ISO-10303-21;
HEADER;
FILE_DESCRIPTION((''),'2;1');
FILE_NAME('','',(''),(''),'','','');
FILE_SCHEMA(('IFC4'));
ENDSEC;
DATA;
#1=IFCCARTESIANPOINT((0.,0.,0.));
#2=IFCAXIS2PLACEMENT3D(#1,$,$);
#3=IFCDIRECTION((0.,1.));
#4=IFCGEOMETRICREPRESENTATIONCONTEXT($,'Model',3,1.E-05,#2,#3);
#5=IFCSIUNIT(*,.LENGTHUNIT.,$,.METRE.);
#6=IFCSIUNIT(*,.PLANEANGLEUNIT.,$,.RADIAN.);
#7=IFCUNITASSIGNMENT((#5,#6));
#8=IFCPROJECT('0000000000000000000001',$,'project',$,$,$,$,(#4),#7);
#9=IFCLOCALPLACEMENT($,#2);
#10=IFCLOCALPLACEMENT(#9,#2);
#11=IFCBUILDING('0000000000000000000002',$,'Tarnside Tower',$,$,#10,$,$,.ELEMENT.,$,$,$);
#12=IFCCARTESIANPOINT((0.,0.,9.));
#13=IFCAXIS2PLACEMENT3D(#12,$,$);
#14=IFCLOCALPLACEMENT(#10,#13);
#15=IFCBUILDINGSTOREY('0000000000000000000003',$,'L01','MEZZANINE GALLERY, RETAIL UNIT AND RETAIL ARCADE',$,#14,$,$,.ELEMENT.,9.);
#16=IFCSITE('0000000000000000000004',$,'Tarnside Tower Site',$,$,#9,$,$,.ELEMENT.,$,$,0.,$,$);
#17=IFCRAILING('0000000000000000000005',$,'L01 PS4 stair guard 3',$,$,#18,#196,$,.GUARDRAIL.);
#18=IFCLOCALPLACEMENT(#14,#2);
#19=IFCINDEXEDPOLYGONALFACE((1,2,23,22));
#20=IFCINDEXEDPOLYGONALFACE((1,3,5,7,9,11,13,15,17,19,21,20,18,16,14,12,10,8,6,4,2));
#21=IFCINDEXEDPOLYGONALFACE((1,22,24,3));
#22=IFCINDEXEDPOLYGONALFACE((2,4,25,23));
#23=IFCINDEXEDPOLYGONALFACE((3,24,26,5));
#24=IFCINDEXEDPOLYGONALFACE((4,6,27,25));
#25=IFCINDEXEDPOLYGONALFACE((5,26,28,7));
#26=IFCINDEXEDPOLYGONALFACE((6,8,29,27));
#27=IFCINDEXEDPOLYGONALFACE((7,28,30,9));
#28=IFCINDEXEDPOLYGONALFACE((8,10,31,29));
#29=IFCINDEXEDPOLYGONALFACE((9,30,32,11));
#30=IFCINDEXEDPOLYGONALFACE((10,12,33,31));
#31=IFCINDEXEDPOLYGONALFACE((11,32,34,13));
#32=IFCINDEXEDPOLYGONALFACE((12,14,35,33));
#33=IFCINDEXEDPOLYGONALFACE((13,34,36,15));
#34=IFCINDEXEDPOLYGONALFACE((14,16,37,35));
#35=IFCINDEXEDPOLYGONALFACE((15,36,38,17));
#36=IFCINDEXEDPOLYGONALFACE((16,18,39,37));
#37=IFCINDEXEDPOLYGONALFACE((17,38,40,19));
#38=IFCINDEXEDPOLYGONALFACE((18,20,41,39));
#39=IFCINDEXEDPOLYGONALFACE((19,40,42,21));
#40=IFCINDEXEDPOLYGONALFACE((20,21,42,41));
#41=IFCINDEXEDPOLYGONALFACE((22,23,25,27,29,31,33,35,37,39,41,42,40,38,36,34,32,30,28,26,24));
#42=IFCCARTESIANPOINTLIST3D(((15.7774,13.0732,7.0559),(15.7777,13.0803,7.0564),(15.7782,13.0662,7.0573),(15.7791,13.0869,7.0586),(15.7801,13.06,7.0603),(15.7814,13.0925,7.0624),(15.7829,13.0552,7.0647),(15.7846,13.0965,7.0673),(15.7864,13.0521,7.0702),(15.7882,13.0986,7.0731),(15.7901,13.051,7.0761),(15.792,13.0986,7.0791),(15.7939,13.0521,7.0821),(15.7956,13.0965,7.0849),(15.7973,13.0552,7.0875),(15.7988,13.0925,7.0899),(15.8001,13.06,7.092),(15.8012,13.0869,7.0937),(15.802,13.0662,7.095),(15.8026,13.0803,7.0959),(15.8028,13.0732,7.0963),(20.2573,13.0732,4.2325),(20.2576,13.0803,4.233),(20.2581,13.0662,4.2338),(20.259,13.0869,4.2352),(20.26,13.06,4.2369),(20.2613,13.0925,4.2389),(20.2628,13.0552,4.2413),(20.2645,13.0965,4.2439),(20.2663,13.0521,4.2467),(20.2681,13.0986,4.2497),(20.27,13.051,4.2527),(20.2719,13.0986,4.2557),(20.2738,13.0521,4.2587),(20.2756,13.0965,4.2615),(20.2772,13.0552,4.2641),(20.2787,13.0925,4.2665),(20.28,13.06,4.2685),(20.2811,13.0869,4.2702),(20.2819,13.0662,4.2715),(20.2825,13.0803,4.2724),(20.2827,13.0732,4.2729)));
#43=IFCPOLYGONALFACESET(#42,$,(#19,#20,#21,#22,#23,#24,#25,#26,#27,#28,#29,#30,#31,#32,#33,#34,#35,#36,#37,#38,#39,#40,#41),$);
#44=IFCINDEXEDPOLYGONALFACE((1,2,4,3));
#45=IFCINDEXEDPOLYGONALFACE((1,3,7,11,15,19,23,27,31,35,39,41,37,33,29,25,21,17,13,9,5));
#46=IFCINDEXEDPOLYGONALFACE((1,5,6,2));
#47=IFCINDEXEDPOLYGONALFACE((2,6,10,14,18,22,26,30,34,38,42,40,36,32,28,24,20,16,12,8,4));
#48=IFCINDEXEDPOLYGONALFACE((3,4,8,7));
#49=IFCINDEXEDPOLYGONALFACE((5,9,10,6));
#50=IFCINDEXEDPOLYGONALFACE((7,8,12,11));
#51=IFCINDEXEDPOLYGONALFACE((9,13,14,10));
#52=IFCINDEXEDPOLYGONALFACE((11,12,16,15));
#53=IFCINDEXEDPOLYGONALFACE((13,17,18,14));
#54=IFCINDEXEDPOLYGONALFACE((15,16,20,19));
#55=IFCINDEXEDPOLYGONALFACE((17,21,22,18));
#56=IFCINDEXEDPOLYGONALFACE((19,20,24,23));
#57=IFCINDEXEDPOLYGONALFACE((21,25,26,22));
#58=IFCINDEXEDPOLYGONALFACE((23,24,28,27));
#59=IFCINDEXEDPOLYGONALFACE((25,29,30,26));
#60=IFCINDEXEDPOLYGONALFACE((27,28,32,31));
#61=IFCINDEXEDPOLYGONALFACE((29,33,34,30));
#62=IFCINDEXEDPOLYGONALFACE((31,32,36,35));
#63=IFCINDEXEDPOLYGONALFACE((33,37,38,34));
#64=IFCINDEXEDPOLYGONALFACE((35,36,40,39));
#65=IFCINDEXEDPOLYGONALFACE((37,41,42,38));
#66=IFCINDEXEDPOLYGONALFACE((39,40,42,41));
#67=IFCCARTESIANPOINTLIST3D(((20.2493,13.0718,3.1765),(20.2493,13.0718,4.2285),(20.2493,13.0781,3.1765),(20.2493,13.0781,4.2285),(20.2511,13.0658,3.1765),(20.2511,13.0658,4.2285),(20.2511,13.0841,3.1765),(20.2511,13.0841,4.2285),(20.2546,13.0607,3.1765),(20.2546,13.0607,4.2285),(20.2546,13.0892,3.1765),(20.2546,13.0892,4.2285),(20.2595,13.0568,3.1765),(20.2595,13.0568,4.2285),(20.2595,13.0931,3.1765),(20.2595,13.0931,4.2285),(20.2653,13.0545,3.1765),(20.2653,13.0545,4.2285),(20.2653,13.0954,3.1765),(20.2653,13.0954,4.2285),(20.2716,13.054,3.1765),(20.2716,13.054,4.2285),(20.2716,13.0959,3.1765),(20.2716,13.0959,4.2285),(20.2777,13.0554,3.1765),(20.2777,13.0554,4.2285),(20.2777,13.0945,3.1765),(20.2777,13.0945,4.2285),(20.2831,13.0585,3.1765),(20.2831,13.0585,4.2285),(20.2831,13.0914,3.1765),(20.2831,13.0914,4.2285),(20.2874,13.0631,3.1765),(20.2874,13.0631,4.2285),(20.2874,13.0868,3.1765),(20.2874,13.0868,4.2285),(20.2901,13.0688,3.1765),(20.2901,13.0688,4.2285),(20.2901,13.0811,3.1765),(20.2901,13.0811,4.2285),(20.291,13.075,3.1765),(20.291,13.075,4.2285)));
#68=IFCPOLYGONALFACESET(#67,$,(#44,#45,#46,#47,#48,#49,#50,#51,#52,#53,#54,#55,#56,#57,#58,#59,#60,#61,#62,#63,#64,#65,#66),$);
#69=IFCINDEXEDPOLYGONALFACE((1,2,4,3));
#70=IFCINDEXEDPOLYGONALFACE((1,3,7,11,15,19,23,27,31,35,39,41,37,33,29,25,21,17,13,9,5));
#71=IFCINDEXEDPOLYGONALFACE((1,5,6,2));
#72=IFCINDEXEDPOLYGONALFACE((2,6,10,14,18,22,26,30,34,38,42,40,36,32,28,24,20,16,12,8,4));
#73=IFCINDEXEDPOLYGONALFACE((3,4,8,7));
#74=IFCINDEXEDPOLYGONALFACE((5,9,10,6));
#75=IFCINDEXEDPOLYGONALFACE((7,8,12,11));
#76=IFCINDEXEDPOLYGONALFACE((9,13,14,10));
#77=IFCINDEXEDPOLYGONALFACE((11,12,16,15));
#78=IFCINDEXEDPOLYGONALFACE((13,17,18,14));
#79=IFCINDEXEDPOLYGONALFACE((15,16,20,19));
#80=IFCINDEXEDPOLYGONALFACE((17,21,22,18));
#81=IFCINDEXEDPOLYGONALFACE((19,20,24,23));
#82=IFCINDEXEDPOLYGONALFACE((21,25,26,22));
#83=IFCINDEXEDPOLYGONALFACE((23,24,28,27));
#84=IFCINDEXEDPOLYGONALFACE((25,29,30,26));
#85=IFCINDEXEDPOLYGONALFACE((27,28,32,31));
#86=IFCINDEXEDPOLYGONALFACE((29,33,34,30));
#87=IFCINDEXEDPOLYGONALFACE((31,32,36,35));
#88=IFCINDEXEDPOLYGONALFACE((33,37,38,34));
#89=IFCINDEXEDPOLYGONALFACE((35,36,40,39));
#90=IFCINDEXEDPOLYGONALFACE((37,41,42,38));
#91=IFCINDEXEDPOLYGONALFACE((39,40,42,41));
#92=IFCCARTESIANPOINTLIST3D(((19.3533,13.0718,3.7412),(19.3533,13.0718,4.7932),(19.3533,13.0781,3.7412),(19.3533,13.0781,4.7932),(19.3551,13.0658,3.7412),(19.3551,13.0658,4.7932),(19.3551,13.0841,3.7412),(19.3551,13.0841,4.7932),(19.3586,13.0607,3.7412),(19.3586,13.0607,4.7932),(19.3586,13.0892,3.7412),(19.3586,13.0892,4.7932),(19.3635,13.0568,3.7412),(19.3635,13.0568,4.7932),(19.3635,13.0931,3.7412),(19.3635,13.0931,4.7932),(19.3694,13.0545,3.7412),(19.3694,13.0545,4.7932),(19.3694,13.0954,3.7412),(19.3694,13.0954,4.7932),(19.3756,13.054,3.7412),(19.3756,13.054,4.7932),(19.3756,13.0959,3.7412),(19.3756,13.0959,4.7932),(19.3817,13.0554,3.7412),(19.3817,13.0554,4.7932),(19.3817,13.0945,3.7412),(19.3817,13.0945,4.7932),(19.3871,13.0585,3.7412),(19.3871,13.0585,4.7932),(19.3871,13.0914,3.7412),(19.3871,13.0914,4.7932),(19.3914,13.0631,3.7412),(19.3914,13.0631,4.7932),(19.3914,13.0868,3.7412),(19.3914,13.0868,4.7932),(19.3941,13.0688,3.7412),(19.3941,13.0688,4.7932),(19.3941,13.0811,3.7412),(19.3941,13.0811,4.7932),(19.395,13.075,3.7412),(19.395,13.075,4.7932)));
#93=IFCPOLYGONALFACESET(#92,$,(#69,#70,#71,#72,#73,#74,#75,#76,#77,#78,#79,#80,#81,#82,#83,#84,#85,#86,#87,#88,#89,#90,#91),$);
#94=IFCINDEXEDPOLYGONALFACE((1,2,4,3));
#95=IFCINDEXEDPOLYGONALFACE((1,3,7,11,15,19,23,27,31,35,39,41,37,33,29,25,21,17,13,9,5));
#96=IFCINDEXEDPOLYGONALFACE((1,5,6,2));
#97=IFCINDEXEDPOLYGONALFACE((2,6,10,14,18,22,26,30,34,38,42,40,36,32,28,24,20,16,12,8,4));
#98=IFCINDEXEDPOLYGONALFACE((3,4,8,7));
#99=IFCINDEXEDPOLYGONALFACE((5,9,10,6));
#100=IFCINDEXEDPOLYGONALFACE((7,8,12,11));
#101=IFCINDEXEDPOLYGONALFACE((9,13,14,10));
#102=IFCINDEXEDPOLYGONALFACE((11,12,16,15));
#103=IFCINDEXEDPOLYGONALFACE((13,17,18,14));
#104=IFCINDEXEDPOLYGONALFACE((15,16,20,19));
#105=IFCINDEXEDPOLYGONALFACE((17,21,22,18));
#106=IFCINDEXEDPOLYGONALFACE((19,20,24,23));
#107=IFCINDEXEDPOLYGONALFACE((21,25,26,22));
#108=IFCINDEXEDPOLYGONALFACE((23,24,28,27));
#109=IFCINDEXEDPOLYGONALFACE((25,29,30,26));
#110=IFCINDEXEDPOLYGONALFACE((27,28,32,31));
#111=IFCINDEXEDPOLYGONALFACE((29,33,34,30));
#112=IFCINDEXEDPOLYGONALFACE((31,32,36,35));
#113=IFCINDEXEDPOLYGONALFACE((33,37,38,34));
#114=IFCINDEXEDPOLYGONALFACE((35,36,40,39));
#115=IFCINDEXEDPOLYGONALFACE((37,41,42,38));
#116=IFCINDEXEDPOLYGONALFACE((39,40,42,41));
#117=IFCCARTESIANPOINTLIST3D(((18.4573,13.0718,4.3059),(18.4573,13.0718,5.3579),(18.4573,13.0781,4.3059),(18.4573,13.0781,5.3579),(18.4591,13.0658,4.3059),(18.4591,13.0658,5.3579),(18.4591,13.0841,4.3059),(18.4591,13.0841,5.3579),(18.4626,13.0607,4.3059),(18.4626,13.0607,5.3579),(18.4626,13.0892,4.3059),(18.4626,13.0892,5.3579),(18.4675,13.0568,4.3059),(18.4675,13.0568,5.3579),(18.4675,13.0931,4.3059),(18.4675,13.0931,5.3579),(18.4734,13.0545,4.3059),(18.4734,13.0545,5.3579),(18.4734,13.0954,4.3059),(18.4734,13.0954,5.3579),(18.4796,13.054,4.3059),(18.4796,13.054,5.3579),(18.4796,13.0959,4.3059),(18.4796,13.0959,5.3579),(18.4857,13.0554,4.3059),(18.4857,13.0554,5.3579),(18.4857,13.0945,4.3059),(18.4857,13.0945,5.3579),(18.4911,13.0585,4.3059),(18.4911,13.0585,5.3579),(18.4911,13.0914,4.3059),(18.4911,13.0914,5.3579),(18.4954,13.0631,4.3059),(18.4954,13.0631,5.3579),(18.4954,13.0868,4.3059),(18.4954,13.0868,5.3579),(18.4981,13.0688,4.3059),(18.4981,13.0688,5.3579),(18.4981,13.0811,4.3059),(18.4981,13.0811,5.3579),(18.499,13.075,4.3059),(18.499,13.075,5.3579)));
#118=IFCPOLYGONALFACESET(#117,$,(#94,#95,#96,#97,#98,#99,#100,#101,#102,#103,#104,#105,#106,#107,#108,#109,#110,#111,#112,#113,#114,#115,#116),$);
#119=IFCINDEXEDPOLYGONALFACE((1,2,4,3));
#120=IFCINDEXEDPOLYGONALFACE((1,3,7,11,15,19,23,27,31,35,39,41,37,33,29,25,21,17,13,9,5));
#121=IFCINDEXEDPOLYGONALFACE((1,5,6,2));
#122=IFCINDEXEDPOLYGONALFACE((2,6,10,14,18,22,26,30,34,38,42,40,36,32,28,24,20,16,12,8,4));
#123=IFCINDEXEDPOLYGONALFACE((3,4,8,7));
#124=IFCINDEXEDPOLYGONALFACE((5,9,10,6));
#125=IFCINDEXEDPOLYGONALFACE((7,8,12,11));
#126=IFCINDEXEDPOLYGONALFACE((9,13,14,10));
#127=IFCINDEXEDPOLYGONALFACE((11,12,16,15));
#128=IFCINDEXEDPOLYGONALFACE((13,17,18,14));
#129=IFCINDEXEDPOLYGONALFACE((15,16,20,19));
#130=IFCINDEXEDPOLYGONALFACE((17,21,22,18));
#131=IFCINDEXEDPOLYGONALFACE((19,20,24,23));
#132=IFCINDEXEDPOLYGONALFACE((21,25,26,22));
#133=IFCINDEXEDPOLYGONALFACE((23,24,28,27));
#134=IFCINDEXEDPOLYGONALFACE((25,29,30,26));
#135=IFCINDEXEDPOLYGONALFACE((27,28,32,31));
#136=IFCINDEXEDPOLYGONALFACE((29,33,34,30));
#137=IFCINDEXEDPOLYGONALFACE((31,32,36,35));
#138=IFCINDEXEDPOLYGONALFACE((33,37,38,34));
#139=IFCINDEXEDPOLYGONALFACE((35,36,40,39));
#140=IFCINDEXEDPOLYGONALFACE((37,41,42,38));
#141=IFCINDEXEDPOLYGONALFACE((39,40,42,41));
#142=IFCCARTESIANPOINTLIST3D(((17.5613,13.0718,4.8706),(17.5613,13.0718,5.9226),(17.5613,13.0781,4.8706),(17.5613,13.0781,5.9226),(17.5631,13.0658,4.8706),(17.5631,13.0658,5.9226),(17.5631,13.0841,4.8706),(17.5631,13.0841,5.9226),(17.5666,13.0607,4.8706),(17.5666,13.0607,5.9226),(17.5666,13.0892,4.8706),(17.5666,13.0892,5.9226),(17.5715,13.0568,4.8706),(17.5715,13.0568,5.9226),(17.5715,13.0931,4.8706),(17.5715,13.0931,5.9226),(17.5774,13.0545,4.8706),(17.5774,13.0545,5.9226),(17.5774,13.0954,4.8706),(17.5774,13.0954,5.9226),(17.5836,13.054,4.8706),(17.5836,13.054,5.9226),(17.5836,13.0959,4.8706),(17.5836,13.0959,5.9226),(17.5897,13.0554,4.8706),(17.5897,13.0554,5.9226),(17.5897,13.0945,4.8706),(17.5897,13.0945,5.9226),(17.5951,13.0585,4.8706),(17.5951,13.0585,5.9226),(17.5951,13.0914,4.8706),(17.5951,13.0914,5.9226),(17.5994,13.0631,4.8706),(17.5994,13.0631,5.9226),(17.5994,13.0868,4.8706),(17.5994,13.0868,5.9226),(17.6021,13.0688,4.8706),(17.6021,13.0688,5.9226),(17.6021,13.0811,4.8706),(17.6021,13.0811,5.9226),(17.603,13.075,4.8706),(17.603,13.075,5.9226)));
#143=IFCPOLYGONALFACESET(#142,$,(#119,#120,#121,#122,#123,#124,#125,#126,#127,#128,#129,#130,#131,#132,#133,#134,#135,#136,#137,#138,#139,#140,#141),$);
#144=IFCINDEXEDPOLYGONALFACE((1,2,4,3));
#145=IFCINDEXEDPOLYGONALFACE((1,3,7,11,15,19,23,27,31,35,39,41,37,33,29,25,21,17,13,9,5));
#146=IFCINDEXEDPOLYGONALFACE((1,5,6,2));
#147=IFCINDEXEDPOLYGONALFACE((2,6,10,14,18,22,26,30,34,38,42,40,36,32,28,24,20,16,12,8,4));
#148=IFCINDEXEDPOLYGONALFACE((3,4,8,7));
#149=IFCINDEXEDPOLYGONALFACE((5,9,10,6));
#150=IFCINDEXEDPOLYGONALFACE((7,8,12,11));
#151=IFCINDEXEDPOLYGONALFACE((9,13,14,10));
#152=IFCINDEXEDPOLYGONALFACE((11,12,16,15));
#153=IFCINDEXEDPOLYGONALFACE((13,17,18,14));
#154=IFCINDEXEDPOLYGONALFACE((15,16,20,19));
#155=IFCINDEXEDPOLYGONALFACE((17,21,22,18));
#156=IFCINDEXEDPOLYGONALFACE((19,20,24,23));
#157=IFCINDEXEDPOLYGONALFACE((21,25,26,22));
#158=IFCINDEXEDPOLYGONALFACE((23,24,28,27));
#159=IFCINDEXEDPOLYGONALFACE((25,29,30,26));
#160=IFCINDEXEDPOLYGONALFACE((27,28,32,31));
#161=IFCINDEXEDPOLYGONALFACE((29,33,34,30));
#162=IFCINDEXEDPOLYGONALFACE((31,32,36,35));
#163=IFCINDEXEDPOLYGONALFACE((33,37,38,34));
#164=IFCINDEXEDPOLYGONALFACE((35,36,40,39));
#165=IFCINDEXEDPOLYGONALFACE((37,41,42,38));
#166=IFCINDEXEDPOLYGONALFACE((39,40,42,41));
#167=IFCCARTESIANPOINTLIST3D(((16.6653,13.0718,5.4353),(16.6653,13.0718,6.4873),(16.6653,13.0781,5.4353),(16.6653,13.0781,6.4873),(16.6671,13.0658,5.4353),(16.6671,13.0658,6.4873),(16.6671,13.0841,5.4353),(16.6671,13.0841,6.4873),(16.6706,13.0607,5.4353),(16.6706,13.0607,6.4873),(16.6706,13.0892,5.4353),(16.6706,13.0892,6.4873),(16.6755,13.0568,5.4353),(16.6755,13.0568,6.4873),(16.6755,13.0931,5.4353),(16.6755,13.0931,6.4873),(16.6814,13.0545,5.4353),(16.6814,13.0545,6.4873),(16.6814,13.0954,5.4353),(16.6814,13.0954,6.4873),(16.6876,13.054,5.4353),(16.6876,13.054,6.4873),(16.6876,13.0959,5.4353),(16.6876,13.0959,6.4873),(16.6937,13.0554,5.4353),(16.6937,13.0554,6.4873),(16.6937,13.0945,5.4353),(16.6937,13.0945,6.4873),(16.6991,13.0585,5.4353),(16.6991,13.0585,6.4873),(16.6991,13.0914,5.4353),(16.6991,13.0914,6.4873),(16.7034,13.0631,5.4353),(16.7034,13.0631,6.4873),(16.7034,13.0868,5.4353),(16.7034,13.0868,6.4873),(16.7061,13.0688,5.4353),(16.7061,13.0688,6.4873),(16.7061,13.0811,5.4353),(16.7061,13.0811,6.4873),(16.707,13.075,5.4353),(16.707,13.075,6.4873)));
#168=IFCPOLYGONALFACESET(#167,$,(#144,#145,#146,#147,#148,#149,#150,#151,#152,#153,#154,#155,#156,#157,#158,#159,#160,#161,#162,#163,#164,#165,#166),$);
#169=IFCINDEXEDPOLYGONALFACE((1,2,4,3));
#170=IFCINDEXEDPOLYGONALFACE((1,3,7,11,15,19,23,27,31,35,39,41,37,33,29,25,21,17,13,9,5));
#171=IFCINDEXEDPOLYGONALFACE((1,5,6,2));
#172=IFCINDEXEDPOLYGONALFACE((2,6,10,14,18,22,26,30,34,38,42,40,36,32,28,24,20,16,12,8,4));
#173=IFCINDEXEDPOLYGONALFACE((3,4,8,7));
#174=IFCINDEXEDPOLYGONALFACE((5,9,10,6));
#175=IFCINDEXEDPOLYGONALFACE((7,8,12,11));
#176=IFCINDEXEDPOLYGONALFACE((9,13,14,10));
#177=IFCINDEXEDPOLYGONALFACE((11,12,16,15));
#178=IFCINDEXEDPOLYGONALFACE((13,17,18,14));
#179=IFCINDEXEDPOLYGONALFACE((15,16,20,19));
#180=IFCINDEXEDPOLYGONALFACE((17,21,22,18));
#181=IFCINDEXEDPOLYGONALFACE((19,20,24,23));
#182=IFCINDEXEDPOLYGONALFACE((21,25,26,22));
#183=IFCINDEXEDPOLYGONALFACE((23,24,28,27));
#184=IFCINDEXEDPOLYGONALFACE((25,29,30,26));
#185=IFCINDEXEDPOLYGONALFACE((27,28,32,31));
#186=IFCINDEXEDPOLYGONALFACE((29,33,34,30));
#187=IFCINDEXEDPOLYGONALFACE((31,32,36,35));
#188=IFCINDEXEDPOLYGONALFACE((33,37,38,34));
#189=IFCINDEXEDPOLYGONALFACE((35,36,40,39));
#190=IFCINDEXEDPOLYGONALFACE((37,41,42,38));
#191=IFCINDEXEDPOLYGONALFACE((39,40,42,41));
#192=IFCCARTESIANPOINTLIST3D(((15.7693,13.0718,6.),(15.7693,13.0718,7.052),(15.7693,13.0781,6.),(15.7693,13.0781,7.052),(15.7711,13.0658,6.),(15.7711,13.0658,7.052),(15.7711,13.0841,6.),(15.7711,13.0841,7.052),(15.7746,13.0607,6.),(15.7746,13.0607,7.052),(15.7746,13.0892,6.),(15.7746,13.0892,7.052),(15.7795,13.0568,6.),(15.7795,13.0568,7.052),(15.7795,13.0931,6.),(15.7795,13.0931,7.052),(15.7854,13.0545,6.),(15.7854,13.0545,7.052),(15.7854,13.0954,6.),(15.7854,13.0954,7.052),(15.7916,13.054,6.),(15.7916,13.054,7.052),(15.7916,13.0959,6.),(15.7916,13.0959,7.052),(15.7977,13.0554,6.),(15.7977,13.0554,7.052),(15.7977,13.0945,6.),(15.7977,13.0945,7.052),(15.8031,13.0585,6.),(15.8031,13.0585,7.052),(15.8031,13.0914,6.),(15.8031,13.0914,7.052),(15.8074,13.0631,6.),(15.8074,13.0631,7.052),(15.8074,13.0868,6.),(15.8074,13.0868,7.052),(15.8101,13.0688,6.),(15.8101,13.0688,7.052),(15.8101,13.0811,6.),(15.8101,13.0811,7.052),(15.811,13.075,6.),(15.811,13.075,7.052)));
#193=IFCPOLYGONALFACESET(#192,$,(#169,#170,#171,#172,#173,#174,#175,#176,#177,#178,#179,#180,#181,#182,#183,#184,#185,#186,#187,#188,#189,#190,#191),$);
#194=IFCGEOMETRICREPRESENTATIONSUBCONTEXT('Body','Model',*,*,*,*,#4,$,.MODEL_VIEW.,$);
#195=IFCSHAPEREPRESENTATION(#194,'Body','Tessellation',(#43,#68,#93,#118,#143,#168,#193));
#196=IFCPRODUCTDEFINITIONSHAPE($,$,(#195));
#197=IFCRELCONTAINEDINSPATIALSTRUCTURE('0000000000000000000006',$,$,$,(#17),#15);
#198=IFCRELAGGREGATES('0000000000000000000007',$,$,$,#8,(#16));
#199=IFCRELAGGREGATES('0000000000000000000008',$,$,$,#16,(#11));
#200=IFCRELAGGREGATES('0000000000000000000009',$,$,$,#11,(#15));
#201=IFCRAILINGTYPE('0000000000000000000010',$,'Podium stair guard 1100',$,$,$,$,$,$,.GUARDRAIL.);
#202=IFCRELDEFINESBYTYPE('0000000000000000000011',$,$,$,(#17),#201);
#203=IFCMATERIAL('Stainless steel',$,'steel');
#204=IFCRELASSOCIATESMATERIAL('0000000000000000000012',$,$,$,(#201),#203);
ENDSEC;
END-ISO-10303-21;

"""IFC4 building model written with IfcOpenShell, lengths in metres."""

from ifc_helpers import new_model, si_unit, direction, frame, origin, origin_2d, place, context, subcontext, project, spatial, circle, extrude, material, type_object, element, save


model = new_model("IFC4")

# Units and contexts
model_context = context("Model", 3, precision=1e-05, world=origin(), true_north=direction((0.0, 1.0)))
body_context = subcontext(model_context, "Body", "Model", "MODEL_VIEW")
ifc_project = project(units=[si_unit("LENGTHUNIT", "METRE"), si_unit("PLANEANGLEUNIT", "RADIAN")], contexts=[model_context])

# Site, building, storey
site_placement = place(None, origin())
site = spatial("IfcSite", under=ifc_project, at=site_placement, Name="Tarnside Tower Site", CompositionType="ELEMENT", RefElevation=0.0)
building_placement = place(site_placement, origin())
building = spatial("IfcBuilding", under=site, at=building_placement, Name="Tarnside Tower", CompositionType="ELEMENT")
storey_placement = place(building_placement, frame((0.0, 0.0, 9.0)))
storey = spatial("IfcBuildingStorey", under=building, at=storey_placement, Name="L01", Description="MEZZANINE GALLERY, RETAIL UNIT AND RETAIL ARCADE", CompositionType="ELEMENT", Elevation=9.0)

# Railing
ifc_material_1 = material(Name="Stainless steel", Category="steel")
railing_type_1 = type_object("IfcRailingType", Name="Podium stair guard 1100", PredefinedType="GUARDRAIL", material=ifc_material_1)
railing_1_placement = place(storey_placement, frame((20.27, 13.075, 3.1765)))
element("IfcRailing", 1, at=railing_1_placement, inside=storey, type_object=railing_type_1, Name="L01 PS4 stair guard 3", PredefinedType="GUARDRAIL", context=body_context, shape_type="SweptSolid", body=[
    extrude(circle(Radius=0.0239, at=origin_2d()), frame((0.0, 0.0, 1.0762), z_axis=(-0.845998, 0.0, 0.533186), x_axis=(0.0, -1.0, 0.0)), (0.0, 0.0, 1.0), 5.2954),
    extrude(circle(Radius=0.021, at=origin_2d()), origin(), (0.0, 0.0, 1.0), 1.052),
    extrude(circle(Radius=0.021, at=origin_2d()), frame((-0.896, 0.0, 0.5647)), (0.0, 0.0, 1.0), 1.052),
    extrude(circle(Radius=0.021, at=origin_2d()), frame((-1.792, 0.0, 1.1294)), (0.0, 0.0, 1.0), 1.052),
    extrude(circle(Radius=0.021, at=origin_2d()), frame((-2.688, 0.0, 1.6941)), (0.0, 0.0, 1.0), 1.052),
    extrude(circle(Radius=0.021, at=origin_2d()), frame((-3.584, 0.0, 2.2588)), (0.0, 0.0, 1.0), 1.052),
    extrude(circle(Radius=0.021, at=origin_2d()), frame((-4.48, 0.0, 2.8235)), (0.0, 0.0, 1.0), 1.052),
])

save(model, "model.ifc")
